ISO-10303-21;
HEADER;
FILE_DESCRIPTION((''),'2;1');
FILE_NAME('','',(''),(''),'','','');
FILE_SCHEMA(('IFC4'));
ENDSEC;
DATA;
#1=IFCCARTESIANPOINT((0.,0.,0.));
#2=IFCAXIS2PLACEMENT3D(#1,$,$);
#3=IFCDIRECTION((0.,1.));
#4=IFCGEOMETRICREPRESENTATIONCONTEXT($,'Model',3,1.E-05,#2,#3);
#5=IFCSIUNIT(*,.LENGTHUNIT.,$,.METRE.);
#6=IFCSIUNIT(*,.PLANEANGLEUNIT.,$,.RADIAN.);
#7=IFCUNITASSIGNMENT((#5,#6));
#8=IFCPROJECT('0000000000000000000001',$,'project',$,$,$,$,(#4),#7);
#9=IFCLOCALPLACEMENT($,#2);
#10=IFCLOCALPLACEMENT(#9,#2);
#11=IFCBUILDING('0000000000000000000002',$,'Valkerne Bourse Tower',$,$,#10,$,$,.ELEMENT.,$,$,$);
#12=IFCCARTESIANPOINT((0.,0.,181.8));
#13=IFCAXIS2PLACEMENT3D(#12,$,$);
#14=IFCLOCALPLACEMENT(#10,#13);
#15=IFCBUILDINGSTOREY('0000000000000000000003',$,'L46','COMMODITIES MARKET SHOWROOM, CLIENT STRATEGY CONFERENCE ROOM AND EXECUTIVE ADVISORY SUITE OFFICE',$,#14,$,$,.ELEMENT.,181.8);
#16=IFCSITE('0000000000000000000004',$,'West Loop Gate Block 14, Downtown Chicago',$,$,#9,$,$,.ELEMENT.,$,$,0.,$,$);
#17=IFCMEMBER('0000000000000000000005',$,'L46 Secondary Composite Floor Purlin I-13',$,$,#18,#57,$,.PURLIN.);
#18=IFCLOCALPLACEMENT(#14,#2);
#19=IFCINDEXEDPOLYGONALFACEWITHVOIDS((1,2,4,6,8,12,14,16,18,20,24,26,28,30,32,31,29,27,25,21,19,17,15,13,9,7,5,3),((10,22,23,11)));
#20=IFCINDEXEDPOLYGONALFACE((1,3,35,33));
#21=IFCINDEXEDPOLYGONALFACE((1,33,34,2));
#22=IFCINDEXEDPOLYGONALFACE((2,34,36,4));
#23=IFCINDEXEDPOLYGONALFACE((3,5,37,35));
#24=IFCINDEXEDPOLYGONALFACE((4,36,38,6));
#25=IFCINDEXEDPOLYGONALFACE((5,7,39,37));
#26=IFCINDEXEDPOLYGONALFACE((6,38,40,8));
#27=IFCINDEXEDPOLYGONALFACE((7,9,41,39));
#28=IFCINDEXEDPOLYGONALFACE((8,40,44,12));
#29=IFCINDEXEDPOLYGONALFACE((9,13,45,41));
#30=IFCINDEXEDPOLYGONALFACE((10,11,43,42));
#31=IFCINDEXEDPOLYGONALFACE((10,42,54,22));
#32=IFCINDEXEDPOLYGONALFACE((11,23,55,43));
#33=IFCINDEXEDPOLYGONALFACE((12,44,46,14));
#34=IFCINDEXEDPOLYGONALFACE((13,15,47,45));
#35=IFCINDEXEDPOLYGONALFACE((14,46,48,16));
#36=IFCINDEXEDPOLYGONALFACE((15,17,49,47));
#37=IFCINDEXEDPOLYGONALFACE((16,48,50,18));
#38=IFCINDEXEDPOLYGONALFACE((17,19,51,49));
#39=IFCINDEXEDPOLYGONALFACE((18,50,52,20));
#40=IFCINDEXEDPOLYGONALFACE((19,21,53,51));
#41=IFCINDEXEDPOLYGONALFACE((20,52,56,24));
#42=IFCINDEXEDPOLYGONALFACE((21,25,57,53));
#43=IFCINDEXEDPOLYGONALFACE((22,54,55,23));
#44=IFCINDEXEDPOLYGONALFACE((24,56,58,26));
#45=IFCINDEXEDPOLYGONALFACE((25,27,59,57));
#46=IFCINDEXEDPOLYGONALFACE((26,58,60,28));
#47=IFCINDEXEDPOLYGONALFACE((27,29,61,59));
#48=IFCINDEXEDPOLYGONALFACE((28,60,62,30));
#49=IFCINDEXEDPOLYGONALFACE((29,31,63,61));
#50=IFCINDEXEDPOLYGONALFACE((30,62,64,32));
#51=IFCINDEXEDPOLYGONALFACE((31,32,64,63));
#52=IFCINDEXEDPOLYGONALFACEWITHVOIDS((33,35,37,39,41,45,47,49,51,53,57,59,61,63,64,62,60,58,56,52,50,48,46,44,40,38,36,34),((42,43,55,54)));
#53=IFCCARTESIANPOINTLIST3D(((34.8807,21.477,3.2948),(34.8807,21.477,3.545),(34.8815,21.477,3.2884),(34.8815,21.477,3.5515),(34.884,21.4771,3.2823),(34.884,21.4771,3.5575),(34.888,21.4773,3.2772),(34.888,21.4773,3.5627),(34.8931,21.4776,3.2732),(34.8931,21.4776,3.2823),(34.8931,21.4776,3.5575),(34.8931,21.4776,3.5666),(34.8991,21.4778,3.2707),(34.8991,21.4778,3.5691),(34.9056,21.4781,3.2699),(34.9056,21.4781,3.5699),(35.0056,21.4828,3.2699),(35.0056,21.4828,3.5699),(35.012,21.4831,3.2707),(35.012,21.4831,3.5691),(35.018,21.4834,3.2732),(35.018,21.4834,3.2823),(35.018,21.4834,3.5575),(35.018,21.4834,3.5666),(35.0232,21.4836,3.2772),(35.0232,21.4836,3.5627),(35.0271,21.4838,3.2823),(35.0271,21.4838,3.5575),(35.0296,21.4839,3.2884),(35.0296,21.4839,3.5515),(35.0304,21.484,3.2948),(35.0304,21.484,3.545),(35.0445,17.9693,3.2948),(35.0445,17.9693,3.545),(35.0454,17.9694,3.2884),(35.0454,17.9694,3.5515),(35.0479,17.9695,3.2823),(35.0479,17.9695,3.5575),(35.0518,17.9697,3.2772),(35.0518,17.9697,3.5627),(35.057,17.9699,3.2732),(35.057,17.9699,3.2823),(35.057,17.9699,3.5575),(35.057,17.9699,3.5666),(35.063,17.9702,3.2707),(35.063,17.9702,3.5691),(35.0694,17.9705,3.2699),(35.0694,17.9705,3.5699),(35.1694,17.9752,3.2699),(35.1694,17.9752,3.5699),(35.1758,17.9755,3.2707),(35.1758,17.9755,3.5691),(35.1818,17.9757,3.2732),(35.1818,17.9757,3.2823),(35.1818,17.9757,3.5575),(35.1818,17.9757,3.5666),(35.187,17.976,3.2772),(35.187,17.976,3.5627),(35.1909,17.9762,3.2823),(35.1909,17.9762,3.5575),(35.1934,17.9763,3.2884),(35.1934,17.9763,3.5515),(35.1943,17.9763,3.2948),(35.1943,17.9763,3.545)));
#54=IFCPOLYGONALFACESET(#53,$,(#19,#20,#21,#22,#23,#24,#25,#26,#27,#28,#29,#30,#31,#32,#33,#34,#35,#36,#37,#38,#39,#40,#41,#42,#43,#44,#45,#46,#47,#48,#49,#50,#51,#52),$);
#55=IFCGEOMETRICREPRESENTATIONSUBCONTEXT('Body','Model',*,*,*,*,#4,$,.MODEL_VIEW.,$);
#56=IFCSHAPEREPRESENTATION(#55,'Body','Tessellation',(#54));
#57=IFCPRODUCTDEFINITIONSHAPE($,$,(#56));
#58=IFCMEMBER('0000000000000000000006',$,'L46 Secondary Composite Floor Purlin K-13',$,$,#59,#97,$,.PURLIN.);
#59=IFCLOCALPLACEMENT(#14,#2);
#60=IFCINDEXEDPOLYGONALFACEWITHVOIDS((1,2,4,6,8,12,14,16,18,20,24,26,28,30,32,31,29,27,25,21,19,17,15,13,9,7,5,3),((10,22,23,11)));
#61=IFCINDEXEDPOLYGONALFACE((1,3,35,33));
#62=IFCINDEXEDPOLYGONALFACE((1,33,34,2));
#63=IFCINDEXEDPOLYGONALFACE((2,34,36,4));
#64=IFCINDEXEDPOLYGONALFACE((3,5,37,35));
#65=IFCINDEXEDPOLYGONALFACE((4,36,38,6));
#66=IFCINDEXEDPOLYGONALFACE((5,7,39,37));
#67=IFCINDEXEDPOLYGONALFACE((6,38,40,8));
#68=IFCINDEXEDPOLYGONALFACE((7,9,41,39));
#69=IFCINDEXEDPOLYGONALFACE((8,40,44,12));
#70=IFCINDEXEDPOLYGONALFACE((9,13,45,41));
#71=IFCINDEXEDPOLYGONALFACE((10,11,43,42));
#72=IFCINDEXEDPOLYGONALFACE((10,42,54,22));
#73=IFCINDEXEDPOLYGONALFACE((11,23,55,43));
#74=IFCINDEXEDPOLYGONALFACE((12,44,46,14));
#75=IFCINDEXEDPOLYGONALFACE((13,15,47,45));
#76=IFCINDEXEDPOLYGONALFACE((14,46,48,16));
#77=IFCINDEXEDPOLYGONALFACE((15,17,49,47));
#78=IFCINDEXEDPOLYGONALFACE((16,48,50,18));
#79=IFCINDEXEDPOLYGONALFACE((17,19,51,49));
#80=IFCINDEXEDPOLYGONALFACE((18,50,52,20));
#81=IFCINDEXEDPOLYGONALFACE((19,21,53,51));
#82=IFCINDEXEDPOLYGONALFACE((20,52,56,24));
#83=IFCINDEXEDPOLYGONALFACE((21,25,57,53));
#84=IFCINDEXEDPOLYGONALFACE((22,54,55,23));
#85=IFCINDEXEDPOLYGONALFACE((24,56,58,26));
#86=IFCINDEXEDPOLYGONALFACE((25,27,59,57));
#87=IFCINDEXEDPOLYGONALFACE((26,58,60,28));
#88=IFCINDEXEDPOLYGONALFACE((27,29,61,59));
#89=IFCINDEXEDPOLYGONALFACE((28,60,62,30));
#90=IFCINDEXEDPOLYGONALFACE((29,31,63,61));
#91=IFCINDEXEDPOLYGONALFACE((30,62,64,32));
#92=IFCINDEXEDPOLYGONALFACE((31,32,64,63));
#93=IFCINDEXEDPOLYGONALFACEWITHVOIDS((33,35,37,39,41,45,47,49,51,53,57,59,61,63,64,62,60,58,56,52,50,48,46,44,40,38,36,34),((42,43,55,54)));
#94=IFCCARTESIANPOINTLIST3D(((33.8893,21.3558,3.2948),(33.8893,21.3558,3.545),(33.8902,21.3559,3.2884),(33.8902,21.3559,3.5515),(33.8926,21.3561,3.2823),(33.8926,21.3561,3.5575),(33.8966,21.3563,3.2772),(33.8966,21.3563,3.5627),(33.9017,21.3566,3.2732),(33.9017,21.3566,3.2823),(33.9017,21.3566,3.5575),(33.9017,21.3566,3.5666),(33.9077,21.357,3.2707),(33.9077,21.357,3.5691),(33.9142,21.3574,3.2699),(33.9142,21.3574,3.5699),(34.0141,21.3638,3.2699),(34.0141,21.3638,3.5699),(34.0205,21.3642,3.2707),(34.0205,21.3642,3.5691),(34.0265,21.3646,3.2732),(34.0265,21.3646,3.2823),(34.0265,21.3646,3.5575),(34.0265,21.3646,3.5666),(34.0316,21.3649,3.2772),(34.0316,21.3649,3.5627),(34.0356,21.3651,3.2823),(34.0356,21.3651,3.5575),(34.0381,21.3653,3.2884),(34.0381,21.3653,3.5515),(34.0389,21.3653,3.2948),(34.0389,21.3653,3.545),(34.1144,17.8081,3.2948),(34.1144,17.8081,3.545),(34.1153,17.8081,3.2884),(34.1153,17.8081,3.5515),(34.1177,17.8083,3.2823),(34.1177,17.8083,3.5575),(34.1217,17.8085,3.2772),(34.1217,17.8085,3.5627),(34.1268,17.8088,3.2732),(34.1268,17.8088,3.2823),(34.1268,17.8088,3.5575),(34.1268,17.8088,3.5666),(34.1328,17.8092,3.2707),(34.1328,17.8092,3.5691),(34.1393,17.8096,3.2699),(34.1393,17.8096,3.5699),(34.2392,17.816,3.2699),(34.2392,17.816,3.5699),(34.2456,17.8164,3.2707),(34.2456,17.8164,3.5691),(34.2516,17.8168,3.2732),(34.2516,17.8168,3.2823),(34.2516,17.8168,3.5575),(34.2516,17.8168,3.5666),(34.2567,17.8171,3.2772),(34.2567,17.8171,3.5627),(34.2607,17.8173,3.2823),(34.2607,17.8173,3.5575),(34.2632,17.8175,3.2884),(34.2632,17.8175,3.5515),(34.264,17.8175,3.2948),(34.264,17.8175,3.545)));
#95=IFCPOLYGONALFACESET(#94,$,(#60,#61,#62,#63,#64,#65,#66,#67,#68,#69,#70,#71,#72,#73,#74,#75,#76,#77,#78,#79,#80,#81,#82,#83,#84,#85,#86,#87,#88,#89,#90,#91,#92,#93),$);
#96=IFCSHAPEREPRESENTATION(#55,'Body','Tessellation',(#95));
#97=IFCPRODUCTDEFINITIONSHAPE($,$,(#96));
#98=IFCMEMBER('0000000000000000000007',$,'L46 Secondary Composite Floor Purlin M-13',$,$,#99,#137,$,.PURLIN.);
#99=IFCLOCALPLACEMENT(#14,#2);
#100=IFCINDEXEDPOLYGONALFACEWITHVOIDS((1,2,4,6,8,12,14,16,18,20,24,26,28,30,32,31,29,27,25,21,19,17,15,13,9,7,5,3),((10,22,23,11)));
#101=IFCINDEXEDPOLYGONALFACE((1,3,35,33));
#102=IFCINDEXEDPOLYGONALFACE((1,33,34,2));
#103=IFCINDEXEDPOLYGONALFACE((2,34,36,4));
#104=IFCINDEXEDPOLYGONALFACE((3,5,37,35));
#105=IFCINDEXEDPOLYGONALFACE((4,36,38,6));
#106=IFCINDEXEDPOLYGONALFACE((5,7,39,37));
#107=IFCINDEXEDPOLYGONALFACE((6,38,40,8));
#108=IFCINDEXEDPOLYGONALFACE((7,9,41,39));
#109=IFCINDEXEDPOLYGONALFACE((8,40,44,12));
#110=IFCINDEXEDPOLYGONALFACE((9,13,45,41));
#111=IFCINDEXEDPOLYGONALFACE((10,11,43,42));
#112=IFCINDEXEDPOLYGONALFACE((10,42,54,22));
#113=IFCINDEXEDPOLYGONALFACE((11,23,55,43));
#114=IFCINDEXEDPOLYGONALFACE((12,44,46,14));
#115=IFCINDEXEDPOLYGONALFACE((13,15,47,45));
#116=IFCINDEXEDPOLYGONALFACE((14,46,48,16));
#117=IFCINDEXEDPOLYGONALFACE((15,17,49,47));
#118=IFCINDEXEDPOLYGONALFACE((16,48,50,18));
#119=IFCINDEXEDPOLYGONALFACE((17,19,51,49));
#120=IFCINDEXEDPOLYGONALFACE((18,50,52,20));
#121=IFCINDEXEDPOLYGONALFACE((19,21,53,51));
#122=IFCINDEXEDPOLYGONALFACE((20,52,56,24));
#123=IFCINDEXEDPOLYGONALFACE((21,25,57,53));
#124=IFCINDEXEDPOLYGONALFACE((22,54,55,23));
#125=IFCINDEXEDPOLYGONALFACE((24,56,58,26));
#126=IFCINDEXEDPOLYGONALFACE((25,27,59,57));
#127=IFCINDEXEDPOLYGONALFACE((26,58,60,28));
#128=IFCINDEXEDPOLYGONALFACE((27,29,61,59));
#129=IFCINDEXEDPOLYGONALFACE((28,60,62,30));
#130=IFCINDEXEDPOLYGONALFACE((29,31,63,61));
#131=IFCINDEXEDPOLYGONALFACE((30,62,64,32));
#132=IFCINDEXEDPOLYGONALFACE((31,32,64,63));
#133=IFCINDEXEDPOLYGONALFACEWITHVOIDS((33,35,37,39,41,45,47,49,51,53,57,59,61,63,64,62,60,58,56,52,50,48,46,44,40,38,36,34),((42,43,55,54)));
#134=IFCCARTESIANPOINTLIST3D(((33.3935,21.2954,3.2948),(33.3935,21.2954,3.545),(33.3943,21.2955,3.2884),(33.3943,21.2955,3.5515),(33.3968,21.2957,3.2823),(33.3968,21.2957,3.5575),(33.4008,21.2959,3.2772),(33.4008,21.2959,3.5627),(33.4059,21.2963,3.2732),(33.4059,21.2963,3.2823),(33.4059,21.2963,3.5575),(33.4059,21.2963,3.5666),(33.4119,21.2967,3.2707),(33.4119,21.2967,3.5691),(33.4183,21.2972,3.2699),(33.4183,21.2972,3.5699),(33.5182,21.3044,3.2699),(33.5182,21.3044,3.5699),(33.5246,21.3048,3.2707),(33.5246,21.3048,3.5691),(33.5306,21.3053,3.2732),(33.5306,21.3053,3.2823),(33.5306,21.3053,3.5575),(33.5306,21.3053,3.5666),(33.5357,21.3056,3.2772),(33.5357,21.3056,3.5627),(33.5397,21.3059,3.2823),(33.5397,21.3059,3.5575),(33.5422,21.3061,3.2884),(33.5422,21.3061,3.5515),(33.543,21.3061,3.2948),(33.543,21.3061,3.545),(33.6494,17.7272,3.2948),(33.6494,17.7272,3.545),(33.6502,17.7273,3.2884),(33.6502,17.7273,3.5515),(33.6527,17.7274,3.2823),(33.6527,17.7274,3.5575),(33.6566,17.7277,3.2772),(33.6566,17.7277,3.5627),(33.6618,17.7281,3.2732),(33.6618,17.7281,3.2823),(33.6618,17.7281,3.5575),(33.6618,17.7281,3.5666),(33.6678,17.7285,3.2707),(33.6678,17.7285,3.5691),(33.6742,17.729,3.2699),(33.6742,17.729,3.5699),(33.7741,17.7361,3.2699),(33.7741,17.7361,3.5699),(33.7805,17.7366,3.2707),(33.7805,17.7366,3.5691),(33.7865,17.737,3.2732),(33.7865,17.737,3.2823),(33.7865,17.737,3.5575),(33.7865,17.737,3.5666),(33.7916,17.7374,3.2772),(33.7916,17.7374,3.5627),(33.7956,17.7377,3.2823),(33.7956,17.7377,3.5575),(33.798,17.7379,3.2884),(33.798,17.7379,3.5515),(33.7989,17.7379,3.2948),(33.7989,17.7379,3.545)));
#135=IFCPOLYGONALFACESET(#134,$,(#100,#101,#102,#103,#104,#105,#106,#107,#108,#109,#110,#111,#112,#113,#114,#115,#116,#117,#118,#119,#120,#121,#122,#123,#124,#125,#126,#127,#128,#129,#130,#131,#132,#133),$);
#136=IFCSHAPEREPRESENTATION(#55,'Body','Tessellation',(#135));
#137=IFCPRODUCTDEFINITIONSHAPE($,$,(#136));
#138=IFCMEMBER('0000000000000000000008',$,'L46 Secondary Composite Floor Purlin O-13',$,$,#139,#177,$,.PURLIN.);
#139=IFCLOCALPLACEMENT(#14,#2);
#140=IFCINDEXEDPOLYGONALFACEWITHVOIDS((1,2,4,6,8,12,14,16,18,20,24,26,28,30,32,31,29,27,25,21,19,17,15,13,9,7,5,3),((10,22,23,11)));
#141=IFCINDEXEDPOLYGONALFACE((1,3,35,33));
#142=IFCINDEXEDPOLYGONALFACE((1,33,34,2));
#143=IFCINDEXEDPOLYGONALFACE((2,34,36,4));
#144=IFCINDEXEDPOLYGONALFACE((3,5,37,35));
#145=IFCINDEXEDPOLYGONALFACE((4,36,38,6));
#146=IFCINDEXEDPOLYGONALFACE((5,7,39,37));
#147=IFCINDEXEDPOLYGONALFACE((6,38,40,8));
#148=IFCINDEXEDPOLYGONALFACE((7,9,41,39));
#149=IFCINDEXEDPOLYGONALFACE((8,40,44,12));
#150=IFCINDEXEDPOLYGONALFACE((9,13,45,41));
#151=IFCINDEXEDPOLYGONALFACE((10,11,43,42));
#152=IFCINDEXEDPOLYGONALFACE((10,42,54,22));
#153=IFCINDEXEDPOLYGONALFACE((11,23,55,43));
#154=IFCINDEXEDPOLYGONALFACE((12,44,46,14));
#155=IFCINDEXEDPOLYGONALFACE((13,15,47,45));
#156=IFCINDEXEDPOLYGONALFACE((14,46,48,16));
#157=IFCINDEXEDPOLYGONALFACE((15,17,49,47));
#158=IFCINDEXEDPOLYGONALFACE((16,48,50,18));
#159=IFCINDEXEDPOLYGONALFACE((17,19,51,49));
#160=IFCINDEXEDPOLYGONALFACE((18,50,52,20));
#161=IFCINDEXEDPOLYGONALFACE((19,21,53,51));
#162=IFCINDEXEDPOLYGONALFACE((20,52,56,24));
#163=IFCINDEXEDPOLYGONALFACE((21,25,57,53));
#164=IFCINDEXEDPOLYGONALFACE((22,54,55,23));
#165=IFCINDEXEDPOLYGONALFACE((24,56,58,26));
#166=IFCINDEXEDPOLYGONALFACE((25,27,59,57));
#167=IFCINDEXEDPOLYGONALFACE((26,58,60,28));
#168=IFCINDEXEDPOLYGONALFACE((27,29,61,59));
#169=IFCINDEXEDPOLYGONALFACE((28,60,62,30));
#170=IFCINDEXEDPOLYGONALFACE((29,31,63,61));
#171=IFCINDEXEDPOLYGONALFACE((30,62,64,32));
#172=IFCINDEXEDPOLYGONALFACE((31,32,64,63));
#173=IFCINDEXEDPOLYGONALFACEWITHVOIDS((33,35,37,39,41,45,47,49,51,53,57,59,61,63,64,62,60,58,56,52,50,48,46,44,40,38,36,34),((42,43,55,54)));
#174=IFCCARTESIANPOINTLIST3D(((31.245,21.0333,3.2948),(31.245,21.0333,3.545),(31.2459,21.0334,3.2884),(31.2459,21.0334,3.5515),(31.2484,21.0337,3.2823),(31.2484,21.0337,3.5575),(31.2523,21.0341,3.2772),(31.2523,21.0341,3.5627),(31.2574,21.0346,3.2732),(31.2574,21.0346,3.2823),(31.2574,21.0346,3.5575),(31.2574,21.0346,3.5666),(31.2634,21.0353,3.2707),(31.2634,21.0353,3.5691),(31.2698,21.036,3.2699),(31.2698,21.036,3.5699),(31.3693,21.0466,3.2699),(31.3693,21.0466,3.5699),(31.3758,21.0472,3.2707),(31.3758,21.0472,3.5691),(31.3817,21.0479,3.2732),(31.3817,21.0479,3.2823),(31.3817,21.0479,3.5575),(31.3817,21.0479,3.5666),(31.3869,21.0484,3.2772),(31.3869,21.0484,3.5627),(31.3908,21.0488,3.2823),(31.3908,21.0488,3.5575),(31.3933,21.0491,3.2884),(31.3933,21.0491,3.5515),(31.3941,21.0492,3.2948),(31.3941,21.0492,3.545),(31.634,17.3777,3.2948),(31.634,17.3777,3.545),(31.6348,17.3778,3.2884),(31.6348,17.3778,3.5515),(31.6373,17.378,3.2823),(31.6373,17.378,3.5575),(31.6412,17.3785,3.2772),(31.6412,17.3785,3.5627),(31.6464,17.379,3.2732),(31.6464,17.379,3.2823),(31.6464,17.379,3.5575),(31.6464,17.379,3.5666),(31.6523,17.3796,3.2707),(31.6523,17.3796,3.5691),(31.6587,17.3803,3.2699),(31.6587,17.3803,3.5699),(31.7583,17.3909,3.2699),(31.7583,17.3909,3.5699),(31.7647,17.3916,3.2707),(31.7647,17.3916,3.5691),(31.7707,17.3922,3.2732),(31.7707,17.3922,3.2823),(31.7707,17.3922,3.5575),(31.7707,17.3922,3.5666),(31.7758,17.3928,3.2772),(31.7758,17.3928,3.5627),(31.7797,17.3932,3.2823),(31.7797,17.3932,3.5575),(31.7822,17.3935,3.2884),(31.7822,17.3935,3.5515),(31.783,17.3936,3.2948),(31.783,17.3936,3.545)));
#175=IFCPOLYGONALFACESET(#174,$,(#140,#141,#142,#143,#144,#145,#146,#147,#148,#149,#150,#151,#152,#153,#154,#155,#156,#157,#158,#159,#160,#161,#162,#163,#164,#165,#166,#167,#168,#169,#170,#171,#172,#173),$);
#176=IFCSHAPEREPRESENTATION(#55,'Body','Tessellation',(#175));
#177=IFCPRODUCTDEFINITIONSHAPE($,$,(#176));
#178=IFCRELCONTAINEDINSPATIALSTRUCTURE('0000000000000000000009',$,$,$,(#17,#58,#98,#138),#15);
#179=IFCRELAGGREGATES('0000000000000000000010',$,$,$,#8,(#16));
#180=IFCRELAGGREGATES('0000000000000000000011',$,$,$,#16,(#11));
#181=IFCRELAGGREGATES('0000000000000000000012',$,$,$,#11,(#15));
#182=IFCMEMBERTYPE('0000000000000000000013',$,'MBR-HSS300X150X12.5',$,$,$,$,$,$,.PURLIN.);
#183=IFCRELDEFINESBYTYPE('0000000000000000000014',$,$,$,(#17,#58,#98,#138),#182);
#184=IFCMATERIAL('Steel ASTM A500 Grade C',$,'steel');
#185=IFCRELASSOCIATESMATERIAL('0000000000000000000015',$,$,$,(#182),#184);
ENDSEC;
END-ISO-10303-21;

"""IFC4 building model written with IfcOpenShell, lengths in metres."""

from ifc_helpers import new_model, si_unit, direction, frame, origin, origin_2d, place, context, subcontext, project, spatial, hollow_rectangle, extrude, material, material_profile, profile_set, type_object, element, save


model = new_model("IFC4")

# Units and contexts
model_context = context("Model", 3, precision=1e-05, world=origin(), true_north=direction((0.0, 1.0)))
body_context = subcontext(model_context, "Body", "Model", "MODEL_VIEW")
ifc_project = project(units=[si_unit("LENGTHUNIT", "METRE"), si_unit("PLANEANGLEUNIT", "RADIAN")], contexts=[model_context])

# Site, building, storey
site_placement = place(None, origin())
site = spatial("IfcSite", under=ifc_project, at=site_placement, Name="West Loop Gate Block 14, Downtown Chicago", CompositionType="ELEMENT", RefElevation=0.0)
building_placement = place(site_placement, origin())
building = spatial("IfcBuilding", under=site, at=building_placement, Name="Valkerne Bourse Tower", CompositionType="ELEMENT")
storey_placement = place(building_placement, frame((0.0, 0.0, 181.8)))
storey = spatial("IfcBuildingStorey", under=building, at=storey_placement, Name="L46", Description="COMMODITIES MARKET SHOWROOM, CLIENT STRATEGY CONFERENCE ROOM AND EXECUTIVE ADVISORY SUITE OFFICE", CompositionType="ELEMENT", Elevation=181.8)

# Members
ifc_material_1 = material(Name="Steel ASTM A500 Grade C", Category="steel")
ifc_material_profile_1 = material_profile(ifc_material_1, hollow_rectangle(XDim=0.1499, YDim=0.3, WallThickness=0.0125, OuterFilletRadius=0.0249, at=origin_2d()), Name="HSS300X150X12.5")
ifc_profile_set_1 = profile_set([ifc_material_profile_1], Name="Steel ASTM A500 Grade C")
member_type_1 = type_object("IfcMemberType", Name="MBR-HSS300X150X12.5", PredefinedType="PURLIN", material=ifc_profile_set_1)
member_1_placement = place(storey_placement, frame((34.9556, 21.4805, 3.4199), z_axis=(0.046653, -0.998911, 0.0), x_axis=(0.998911, 0.046653, 0.0)))
element("IfcMember", 1, at=member_1_placement, inside=storey, type_object=member_type_1, Name="L46 Secondary Composite Floor Purlin I-13", PredefinedType="PURLIN", context=body_context, shape_type="SweptSolid", body=[
    extrude(hollow_rectangle(XDim=0.1499, YDim=0.3, WallThickness=0.0125, OuterFilletRadius=0.0249, at=origin_2d()), origin(), (0.0, 0.0, 1.0), 3.5115),
])
member_2_placement = place(storey_placement, frame((33.9641, 21.3606, 3.4199), z_axis=(0.063319, -0.997993, 0.0), x_axis=(0.997993, 0.063319, 0.0)))
element("IfcMember", 2, at=member_2_placement, inside=storey, type_object=member_type_1, Name="L46 Secondary Composite Floor Purlin K-13", PredefinedType="PURLIN", context=body_context, shape_type="SweptSolid", body=[
    extrude(hollow_rectangle(XDim=0.1499, YDim=0.3, WallThickness=0.0125, OuterFilletRadius=0.0249, at=origin_2d()), origin(), (0.0, 0.0, 1.0), 3.5549),
])
member_3_placement = place(storey_placement, frame((33.4683, 21.3008, 3.4199), z_axis=(0.071524, -0.997439, 0.0), x_axis=(0.997439, 0.071524, 0.0)))
element("IfcMember", 3, at=member_3_placement, inside=storey, type_object=member_type_1, Name="L46 Secondary Composite Floor Purlin M-13", PredefinedType="PURLIN", context=body_context, shape_type="SweptSolid", body=[
    extrude(hollow_rectangle(XDim=0.1499, YDim=0.3, WallThickness=0.0125, OuterFilletRadius=0.0249, at=origin_2d()), origin(), (0.0, 0.0, 1.0), 3.5774),
])
member_4_placement = place(storey_placement, frame((31.3196, 21.0413, 3.4199), z_axis=(0.105794, -0.994388, 0.0), x_axis=(0.994388, 0.105794, 0.0)))
element("IfcMember", 4, at=member_4_placement, inside=storey, type_object=member_type_1, Name="L46 Secondary Composite Floor Purlin O-13", PredefinedType="PURLIN", context=body_context, shape_type="SweptSolid", body=[
    extrude(hollow_rectangle(XDim=0.1499, YDim=0.3, WallThickness=0.0125, OuterFilletRadius=0.0249, at=origin_2d()), origin(), (0.0, 0.0, 1.0), 3.6763),
])

save(model, "model.ifc")
